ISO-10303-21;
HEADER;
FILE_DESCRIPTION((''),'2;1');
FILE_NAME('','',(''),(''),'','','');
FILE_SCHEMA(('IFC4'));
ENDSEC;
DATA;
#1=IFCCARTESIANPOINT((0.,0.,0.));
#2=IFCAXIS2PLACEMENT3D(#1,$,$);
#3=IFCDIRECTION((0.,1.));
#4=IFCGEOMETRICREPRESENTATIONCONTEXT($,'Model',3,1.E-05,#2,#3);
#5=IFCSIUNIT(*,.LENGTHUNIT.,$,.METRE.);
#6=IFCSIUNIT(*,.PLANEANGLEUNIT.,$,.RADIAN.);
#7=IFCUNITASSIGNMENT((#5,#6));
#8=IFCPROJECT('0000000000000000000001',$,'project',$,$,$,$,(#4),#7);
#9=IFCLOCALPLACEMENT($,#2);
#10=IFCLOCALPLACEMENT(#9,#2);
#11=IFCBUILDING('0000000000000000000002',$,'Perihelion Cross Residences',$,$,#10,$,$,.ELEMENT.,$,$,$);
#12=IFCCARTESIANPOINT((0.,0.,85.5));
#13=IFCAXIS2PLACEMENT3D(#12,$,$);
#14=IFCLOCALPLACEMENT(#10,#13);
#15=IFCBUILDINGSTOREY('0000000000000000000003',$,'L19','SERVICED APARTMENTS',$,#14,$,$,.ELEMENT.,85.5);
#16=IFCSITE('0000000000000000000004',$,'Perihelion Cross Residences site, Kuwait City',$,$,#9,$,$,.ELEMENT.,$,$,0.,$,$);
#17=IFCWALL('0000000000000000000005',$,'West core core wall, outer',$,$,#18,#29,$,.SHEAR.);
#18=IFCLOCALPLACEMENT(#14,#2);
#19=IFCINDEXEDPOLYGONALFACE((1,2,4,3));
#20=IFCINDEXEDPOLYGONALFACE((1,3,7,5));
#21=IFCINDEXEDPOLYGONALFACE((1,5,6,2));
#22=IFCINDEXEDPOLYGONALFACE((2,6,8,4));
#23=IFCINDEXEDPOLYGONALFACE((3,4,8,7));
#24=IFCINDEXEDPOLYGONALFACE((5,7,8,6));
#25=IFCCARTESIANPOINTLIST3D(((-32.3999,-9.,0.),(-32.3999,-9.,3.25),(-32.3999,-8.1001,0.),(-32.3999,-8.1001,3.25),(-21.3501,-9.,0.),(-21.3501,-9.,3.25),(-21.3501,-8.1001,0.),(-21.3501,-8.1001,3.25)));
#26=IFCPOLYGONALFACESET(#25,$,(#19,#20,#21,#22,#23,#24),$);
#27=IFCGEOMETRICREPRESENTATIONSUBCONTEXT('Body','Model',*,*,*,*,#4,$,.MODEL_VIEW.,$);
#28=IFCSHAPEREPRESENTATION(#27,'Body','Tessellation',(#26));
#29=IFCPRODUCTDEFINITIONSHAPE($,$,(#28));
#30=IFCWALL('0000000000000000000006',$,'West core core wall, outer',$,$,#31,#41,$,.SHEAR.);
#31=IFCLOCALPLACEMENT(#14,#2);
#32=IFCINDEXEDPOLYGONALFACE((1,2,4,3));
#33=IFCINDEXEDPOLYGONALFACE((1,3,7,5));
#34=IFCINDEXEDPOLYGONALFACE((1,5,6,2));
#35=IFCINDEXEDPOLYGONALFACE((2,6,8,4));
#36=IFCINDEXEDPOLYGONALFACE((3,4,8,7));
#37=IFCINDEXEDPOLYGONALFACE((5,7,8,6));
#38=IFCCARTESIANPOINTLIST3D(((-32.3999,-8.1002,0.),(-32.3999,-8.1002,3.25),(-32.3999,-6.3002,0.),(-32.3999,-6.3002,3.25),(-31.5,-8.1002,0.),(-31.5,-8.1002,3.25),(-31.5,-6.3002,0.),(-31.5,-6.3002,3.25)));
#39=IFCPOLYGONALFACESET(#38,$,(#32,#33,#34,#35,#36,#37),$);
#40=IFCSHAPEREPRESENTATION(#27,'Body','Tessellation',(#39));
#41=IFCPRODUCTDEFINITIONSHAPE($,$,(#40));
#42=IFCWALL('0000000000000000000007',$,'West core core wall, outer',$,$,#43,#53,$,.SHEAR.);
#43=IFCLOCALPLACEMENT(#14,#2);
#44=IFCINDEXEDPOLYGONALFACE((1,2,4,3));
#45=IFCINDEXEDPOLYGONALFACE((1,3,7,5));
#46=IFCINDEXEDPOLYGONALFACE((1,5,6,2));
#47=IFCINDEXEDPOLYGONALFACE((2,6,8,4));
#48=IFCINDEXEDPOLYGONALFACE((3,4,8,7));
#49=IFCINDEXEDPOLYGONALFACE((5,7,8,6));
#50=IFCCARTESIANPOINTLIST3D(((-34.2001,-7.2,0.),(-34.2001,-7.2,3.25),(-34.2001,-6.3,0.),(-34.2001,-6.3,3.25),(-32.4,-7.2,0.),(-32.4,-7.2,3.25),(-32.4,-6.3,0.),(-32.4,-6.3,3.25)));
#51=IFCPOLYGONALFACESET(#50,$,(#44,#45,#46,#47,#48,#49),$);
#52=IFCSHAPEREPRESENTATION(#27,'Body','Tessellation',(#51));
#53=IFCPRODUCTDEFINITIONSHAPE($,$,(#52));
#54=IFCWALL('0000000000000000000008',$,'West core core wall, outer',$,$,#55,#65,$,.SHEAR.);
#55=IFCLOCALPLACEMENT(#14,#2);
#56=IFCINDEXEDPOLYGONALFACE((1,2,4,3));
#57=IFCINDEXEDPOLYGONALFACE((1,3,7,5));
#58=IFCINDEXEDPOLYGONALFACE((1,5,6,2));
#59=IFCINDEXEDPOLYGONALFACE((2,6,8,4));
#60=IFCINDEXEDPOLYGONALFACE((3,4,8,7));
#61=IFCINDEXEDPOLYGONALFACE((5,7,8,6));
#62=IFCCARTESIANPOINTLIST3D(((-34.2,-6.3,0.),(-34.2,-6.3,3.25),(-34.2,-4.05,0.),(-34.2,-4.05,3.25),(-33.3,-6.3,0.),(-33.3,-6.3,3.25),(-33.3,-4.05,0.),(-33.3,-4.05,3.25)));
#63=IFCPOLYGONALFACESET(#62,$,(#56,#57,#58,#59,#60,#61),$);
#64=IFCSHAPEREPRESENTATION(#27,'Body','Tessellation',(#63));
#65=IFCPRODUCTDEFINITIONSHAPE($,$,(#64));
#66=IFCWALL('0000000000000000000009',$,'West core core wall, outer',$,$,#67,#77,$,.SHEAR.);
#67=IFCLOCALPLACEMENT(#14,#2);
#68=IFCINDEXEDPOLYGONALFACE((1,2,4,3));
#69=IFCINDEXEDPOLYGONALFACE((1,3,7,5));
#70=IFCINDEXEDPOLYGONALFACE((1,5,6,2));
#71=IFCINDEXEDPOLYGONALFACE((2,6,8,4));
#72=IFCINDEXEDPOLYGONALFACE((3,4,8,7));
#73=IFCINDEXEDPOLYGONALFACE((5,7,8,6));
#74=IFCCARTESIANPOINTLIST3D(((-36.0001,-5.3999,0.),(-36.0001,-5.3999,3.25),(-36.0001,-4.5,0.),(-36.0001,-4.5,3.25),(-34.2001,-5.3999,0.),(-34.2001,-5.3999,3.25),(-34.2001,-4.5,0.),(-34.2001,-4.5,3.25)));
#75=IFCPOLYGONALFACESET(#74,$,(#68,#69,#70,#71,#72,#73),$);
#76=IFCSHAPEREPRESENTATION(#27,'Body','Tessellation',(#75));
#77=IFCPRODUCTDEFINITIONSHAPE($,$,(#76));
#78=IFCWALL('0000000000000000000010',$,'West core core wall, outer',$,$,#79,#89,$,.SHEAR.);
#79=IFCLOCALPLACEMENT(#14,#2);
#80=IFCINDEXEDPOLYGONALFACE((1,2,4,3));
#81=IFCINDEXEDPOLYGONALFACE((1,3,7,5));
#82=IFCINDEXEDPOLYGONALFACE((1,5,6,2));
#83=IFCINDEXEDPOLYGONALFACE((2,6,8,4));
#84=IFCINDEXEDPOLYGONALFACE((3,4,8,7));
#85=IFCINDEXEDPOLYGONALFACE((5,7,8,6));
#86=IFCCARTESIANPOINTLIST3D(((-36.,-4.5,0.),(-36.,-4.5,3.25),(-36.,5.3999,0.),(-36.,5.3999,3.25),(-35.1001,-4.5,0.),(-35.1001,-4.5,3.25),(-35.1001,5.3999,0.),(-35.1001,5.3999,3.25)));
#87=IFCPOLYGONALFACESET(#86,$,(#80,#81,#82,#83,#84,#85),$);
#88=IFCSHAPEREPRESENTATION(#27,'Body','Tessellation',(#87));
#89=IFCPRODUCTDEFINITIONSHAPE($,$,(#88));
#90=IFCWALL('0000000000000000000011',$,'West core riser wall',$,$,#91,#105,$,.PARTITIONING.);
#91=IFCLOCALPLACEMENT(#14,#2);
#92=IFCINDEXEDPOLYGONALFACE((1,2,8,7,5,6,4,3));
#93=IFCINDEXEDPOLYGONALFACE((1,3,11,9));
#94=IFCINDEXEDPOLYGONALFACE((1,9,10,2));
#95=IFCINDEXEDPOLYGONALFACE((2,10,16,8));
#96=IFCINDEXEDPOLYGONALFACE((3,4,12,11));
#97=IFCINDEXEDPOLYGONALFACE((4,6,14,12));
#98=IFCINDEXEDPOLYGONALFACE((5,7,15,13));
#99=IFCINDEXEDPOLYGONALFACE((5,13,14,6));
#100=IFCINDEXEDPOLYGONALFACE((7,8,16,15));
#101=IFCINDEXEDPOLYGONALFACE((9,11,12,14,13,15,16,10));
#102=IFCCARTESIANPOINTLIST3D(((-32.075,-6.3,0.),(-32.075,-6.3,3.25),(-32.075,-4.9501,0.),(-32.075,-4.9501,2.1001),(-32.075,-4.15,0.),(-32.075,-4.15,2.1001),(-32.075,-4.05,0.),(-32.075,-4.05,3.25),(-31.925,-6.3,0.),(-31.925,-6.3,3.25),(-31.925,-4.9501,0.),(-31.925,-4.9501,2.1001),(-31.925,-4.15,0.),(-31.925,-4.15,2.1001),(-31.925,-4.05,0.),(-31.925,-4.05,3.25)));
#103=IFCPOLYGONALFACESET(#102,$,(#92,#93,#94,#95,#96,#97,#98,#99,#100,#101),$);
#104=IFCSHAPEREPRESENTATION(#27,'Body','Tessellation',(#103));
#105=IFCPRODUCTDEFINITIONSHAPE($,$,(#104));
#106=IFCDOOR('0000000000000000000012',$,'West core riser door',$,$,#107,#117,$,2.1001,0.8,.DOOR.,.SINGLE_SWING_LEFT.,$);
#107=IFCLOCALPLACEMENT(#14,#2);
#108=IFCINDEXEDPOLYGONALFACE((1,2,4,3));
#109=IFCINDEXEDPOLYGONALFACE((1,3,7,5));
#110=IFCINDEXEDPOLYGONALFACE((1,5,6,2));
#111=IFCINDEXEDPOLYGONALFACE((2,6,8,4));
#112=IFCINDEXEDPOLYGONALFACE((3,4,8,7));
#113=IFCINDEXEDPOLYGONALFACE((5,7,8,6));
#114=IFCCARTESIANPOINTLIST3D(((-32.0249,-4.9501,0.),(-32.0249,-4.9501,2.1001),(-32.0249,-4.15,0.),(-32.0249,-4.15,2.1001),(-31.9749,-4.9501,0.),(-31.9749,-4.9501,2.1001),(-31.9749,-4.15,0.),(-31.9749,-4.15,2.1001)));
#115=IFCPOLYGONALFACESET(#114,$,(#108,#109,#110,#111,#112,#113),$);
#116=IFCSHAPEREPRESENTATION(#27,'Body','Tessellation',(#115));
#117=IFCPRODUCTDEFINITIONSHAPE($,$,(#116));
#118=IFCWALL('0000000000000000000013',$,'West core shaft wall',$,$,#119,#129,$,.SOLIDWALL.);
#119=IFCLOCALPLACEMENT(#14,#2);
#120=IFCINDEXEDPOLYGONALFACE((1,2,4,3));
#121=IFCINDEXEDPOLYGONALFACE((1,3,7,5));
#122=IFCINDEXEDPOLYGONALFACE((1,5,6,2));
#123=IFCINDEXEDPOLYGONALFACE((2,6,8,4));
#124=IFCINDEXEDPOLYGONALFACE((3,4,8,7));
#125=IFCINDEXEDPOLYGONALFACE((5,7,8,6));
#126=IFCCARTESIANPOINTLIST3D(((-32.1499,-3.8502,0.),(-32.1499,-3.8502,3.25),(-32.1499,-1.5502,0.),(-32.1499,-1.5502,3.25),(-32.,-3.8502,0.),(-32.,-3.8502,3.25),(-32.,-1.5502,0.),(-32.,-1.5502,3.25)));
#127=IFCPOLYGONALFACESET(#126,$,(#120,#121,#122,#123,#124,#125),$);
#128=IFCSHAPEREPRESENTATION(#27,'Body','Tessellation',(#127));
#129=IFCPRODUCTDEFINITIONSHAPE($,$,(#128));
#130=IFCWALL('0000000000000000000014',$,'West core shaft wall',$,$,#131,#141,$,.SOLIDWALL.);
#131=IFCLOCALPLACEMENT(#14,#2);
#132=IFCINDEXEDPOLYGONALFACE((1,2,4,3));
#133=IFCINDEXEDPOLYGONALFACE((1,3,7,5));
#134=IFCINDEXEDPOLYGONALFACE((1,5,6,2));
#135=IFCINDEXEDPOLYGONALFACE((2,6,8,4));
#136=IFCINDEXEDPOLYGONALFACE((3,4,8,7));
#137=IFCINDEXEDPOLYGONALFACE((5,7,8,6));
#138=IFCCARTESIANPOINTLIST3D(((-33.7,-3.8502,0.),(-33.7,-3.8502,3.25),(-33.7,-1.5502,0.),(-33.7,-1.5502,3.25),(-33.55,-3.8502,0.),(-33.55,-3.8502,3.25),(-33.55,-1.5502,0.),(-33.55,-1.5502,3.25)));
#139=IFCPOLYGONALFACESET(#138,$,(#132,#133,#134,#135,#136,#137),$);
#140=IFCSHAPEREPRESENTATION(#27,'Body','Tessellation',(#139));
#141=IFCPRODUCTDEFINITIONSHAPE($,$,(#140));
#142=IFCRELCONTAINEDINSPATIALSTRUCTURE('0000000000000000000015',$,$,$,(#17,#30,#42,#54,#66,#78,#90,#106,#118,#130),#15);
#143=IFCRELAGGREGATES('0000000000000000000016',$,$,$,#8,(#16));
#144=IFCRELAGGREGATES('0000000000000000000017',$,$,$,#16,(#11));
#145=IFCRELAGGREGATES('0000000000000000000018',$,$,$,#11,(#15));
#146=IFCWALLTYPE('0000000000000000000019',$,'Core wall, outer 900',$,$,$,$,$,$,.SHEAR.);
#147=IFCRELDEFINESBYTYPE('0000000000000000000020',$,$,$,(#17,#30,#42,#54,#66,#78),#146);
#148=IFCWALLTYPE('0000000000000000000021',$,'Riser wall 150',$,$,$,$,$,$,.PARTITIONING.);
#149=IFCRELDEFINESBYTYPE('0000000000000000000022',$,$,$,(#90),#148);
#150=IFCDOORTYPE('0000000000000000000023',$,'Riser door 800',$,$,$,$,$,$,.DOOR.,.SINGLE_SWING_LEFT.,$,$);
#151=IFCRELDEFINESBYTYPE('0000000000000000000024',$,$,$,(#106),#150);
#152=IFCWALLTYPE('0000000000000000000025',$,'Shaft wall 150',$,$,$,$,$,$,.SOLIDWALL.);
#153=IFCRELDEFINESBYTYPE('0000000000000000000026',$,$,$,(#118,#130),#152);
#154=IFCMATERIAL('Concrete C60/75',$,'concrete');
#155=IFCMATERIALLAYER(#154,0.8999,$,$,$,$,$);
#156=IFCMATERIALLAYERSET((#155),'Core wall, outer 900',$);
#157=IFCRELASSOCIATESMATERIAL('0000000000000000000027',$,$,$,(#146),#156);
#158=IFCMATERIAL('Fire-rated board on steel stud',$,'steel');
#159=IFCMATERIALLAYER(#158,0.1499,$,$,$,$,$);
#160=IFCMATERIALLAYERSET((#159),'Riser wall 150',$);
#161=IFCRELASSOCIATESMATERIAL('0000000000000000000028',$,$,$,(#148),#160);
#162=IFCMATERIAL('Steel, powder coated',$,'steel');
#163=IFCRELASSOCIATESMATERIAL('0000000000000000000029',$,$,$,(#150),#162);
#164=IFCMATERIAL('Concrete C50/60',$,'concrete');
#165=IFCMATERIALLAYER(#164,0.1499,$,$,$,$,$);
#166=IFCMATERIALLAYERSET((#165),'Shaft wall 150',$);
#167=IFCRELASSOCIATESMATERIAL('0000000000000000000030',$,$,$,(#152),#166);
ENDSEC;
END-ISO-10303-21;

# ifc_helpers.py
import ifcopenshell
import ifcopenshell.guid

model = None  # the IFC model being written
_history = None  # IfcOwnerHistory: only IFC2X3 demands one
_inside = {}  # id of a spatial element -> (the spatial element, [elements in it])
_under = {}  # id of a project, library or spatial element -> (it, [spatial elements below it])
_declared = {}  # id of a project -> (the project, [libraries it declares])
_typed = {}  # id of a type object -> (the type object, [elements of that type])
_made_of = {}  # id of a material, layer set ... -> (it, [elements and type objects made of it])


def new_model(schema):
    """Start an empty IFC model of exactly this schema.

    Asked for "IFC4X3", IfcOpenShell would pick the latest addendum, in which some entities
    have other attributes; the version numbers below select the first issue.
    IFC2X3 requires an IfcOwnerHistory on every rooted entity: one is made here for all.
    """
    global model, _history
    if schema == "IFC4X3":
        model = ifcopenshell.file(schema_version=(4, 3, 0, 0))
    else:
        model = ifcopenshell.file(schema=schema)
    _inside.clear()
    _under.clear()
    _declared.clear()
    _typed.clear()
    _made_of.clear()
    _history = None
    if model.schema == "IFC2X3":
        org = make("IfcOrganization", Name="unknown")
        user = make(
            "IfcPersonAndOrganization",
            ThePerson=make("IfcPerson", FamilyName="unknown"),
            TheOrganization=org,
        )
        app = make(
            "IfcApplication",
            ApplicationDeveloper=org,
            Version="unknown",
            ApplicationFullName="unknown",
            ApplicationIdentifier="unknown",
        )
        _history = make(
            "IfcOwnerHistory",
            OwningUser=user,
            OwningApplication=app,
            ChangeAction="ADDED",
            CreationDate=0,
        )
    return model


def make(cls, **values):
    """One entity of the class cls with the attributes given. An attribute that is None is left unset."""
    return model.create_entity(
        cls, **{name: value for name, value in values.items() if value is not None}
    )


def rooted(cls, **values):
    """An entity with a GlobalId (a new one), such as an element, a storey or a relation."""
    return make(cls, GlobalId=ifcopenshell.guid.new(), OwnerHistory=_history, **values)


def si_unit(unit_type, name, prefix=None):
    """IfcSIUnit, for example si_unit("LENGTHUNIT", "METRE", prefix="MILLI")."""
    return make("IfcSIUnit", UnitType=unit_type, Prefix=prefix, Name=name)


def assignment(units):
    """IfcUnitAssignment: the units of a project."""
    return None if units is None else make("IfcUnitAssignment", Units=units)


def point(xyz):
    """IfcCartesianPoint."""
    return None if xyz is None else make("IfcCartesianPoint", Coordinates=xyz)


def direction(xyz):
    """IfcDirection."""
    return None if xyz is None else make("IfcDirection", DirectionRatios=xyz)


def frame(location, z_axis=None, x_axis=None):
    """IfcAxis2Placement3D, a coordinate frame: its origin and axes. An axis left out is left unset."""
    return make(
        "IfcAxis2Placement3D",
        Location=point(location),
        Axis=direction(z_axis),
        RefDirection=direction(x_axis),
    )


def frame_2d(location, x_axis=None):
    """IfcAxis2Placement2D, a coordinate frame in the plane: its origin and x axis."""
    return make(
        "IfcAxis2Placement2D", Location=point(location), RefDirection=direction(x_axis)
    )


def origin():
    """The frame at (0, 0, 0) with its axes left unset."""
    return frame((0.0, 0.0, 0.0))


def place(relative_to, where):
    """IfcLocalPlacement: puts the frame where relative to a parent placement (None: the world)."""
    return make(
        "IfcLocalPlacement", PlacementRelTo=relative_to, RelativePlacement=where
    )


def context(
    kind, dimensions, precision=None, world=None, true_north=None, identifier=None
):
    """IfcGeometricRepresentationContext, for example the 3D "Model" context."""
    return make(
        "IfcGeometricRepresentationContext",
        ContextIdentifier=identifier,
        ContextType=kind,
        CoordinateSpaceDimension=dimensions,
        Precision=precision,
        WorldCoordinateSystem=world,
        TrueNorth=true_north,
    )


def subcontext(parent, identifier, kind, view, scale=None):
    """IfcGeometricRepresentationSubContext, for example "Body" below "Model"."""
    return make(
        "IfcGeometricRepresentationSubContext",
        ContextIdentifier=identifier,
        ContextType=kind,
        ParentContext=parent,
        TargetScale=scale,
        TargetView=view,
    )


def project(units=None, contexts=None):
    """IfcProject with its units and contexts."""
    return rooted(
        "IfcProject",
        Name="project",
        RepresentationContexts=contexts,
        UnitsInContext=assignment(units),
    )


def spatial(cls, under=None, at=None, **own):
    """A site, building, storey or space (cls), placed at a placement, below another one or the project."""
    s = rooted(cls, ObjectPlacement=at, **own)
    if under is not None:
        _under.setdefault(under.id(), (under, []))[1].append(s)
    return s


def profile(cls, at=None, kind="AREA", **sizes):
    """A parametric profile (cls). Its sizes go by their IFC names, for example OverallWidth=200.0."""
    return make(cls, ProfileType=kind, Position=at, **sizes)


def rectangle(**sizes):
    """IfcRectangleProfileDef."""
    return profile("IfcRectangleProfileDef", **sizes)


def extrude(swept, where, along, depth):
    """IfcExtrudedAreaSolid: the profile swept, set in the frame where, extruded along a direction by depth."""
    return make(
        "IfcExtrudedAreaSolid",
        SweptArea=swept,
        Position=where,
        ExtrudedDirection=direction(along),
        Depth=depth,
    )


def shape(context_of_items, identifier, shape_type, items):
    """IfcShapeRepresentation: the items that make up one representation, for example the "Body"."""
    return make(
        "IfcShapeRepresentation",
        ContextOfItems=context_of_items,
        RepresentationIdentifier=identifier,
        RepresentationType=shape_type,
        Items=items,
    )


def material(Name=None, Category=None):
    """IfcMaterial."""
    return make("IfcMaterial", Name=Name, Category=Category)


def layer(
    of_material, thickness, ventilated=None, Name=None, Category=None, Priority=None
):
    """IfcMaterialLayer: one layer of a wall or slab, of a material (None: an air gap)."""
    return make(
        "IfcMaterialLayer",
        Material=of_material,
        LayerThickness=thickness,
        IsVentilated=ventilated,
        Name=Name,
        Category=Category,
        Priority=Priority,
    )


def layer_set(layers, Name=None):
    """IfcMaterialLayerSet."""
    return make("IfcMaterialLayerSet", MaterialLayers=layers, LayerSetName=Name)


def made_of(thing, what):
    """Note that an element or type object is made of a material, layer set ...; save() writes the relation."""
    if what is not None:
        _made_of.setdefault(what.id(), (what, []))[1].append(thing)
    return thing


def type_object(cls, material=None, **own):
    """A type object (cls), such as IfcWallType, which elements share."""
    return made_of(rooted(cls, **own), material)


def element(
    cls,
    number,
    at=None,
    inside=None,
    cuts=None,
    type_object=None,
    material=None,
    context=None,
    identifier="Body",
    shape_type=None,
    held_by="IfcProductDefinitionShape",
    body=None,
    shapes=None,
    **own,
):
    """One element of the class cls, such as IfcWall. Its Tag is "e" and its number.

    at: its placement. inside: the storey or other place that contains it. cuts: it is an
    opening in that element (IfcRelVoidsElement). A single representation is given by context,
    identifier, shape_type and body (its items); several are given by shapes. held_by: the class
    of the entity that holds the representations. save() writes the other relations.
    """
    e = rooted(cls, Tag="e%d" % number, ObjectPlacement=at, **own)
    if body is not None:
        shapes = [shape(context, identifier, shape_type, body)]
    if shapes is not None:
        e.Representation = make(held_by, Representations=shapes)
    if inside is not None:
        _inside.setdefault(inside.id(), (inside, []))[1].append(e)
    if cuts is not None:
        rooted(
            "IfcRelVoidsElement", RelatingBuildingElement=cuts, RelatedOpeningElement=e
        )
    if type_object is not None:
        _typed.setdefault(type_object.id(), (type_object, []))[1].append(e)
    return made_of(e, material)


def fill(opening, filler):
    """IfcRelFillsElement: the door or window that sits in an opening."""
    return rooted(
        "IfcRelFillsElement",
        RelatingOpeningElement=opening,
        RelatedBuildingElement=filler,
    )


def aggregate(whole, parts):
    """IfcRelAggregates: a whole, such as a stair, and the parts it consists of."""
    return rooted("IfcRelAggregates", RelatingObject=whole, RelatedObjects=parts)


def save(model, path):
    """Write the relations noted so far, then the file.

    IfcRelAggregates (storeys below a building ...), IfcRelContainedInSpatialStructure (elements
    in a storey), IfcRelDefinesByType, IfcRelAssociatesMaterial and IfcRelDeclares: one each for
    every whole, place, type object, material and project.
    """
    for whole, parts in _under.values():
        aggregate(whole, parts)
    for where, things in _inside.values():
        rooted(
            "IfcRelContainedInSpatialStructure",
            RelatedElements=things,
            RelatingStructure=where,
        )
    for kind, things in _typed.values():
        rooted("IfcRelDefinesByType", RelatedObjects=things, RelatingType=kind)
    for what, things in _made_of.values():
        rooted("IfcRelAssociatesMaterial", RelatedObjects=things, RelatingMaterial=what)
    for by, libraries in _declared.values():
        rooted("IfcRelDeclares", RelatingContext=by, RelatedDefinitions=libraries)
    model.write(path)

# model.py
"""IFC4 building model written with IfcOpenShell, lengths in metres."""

from ifc_helpers import new_model, si_unit, direction, frame, frame_2d, origin, place, context, subcontext, project, spatial, rectangle, extrude, material, layer, layer_set, type_object, element, fill, save


model = new_model("IFC4")

# Units and contexts
model_context = context("Model", 3, precision=1e-05, world=origin(), true_north=direction((0.0, 1.0)))
body_context = subcontext(model_context, "Body", "Model", "MODEL_VIEW")
ifc_project = project(units=[si_unit("LENGTHUNIT", "METRE"), si_unit("PLANEANGLEUNIT", "RADIAN")], contexts=[model_context])

# Site, building, storey
site_placement = place(None, origin())
site = spatial("IfcSite", under=ifc_project, at=site_placement, Name="Perihelion Cross Residences site, Kuwait City", CompositionType="ELEMENT", RefElevation=0.0)
building_placement = place(site_placement, origin())
building = spatial("IfcBuilding", under=site, at=building_placement, Name="Perihelion Cross Residences", CompositionType="ELEMENT")
storey_placement = place(building_placement, frame((0.0, 0.0, 85.5)))
storey = spatial("IfcBuildingStorey", under=building, at=storey_placement, Name="L19", Description="SERVICED APARTMENTS", CompositionType="ELEMENT", Elevation=85.5)

# Walls
ifc_material_1 = material(Name="Concrete C60/75", Category="concrete")
ifc_layer_1 = layer(ifc_material_1, 0.8999)
ifc_layer_set_1 = layer_set([ifc_layer_1], Name="Core wall, outer 900")
wall_type_1 = type_object("IfcWallType", Name="Core wall, outer 900", PredefinedType="SHEAR", material=ifc_layer_set_1)
wall_1_placement = place(storey_placement, frame((-32.3999, -8.55, 0.0), z_axis=(0.0, 0.0, 1.0), x_axis=(1.0, 0.0, 0.0)))
element("IfcWall", 1, at=wall_1_placement, inside=storey, type_object=wall_type_1, Name="West core core wall, outer", PredefinedType="SHEAR", context=body_context, shape_type="SweptSolid", body=[
    extrude(rectangle(XDim=11.0498, YDim=0.8999, at=frame_2d((5.5249, 0.0))), origin(), (0.0, 0.0, 1.0), 3.25),
])
for number, where, z_axis, x_axis, name in (
    (2, (-31.95, -8.1001, 0.0), (0.0, 0.0, 1.0), (0.0, 1.0, 0.0), "West core core wall, outer"),
    (3, (-34.2, -6.75, 0.0), (0.0, 0.0, 1.0), (1.0, 0.0, 0.0), "West core core wall, outer"),
):
    element("IfcWall", number, at=place(storey_placement, frame(where, z_axis=z_axis, x_axis=x_axis)), inside=storey, type_object=wall_type_1, Name=name, PredefinedType="SHEAR", context=body_context, shape_type="SweptSolid", body=[
        extrude(rectangle(XDim=1.8, YDim=0.8999, at=frame_2d((0.8999, 0.0))), origin(), (0.0, 0.0, 1.0), 3.25),
    ])
wall_2_placement = place(storey_placement, frame((-33.75, -6.3, 0.0), z_axis=(0.0, 0.0, 1.0), x_axis=(0.0, 1.0, 0.0)))
element("IfcWall", 4, at=wall_2_placement, inside=storey, type_object=wall_type_1, Name="West core core wall, outer", PredefinedType="SHEAR", context=body_context, shape_type="SweptSolid", body=[
    extrude(rectangle(XDim=2.25, YDim=0.8999, at=frame_2d((1.125, 0.0))), origin(), (0.0, 0.0, 1.0), 3.25),
])
wall_3_placement = place(storey_placement, frame((-36.0, -4.95, 0.0), z_axis=(0.0, 0.0, 1.0), x_axis=(1.0, 0.0, 0.0)))
element("IfcWall", 5, at=wall_3_placement, inside=storey, type_object=wall_type_1, Name="West core core wall, outer", PredefinedType="SHEAR", context=body_context, shape_type="SweptSolid", body=[
    extrude(rectangle(XDim=1.8, YDim=0.8999, at=frame_2d((0.8999, 0.0))), origin(), (0.0, 0.0, 1.0), 3.25),
])
wall_4_placement = place(storey_placement, frame((-35.55, -4.5, 0.0), z_axis=(0.0, 0.0, 1.0), x_axis=(0.0, 1.0, 0.0)))
element("IfcWall", 6, at=wall_4_placement, inside=storey, type_object=wall_type_1, Name="West core core wall, outer", PredefinedType="SHEAR", context=body_context, shape_type="SweptSolid", body=[
    extrude(rectangle(XDim=9.8999, YDim=0.8999, at=frame_2d((4.95, 0.0))), origin(), (0.0, 0.0, 1.0), 3.25),
])

# Wall, opening, door
ifc_material_2 = material(Name="Fire-rated board on steel stud", Category="steel")
ifc_layer_2 = layer(ifc_material_2, 0.1499)
ifc_layer_set_2 = layer_set([ifc_layer_2], Name="Riser wall 150")
wall_type_2 = type_object("IfcWallType", Name="Riser wall 150", PredefinedType="PARTITIONING", material=ifc_layer_set_2)
wall_5_placement = place(storey_placement, frame((-32.0, -6.3, 0.0), z_axis=(0.0, 0.0, 1.0), x_axis=(0.0, 1.0, 0.0)))
wall_5 = element("IfcWall", 7, at=wall_5_placement, inside=storey, type_object=wall_type_2, Name="West core riser wall", PredefinedType="PARTITIONING", context=body_context, shape_type="SweptSolid", body=[
    extrude(rectangle(XDim=2.25, YDim=0.1499, at=frame_2d((1.125, 0.0))), origin(), (0.0, 0.0, 1.0), 3.25),
])
opening_1_placement = place(wall_5_placement, frame((1.3501, 0.0, 0.0)))
opening_1 = element("IfcOpeningElement", 8, at=opening_1_placement, cuts=wall_5, PredefinedType="OPENING", context=body_context, shape_type="SweptSolid", body=[
    extrude(rectangle(XDim=0.8, YDim=2.1001, at=frame_2d((0.3999, 1.05))), frame((0.0, 0.085, 0.0), z_axis=(0.0, -1.0, 0.0), x_axis=(1.0, 0.0, 0.0)), (0.0, 0.0, 1.0), 0.1699),
])
ifc_material_3 = material(Name="Steel, powder coated", Category="steel")
door_type_1 = type_object("IfcDoorType", Name="Riser door 800", OperationType="SINGLE_SWING_LEFT", PredefinedType="DOOR", material=ifc_material_3)
door_1_placement = place(opening_1_placement, origin())
door_1 = element("IfcDoor", 9, at=door_1_placement, inside=storey, type_object=door_type_1, Name="West core riser door", OperationType="SINGLE_SWING_LEFT", OverallHeight=2.1001, OverallWidth=0.8, PredefinedType="DOOR", context=body_context, shape_type="SweptSolid", body=[
    extrude(rectangle(XDim=0.8, YDim=2.1001, at=frame_2d((0.3999, 1.05))), frame((0.0, 0.0249, 0.0), z_axis=(0.0, -1.0, 0.0), x_axis=(1.0, 0.0, 0.0)), (0.0, 0.0, 1.0), 0.05),
])
fill(opening_1, door_1)

# Walls
ifc_material_4 = material(Name="Concrete C50/60", Category="concrete")
ifc_layer_3 = layer(ifc_material_4, 0.1499)
ifc_layer_set_3 = layer_set([ifc_layer_3], Name="Shaft wall 150")
wall_type_3 = type_object("IfcWallType", Name="Shaft wall 150", PredefinedType="SOLIDWALL", material=ifc_layer_set_3)
for number, where, z_axis, x_axis, name in (
    (10, (-32.075, -3.8501, 0.0), (0.0, 0.0, 1.0), (0.0, 1.0, 0.0), "West core shaft wall"),
    (11, (-33.625, -3.8501, 0.0), (0.0, 0.0, 1.0), (0.0, 1.0, 0.0), "West core shaft wall"),
):
    element("IfcWall", number, at=place(storey_placement, frame(where, z_axis=z_axis, x_axis=x_axis)), inside=storey, type_object=wall_type_3, Name=name, PredefinedType="SOLIDWALL", context=body_context, shape_type="SweptSolid", body=[
        extrude(rectangle(XDim=2.3, YDim=0.1499, at=frame_2d((1.1499, 0.0))), origin(), (0.0, 0.0, 1.0), 3.25),
    ])

save(model, "model.ifc")
